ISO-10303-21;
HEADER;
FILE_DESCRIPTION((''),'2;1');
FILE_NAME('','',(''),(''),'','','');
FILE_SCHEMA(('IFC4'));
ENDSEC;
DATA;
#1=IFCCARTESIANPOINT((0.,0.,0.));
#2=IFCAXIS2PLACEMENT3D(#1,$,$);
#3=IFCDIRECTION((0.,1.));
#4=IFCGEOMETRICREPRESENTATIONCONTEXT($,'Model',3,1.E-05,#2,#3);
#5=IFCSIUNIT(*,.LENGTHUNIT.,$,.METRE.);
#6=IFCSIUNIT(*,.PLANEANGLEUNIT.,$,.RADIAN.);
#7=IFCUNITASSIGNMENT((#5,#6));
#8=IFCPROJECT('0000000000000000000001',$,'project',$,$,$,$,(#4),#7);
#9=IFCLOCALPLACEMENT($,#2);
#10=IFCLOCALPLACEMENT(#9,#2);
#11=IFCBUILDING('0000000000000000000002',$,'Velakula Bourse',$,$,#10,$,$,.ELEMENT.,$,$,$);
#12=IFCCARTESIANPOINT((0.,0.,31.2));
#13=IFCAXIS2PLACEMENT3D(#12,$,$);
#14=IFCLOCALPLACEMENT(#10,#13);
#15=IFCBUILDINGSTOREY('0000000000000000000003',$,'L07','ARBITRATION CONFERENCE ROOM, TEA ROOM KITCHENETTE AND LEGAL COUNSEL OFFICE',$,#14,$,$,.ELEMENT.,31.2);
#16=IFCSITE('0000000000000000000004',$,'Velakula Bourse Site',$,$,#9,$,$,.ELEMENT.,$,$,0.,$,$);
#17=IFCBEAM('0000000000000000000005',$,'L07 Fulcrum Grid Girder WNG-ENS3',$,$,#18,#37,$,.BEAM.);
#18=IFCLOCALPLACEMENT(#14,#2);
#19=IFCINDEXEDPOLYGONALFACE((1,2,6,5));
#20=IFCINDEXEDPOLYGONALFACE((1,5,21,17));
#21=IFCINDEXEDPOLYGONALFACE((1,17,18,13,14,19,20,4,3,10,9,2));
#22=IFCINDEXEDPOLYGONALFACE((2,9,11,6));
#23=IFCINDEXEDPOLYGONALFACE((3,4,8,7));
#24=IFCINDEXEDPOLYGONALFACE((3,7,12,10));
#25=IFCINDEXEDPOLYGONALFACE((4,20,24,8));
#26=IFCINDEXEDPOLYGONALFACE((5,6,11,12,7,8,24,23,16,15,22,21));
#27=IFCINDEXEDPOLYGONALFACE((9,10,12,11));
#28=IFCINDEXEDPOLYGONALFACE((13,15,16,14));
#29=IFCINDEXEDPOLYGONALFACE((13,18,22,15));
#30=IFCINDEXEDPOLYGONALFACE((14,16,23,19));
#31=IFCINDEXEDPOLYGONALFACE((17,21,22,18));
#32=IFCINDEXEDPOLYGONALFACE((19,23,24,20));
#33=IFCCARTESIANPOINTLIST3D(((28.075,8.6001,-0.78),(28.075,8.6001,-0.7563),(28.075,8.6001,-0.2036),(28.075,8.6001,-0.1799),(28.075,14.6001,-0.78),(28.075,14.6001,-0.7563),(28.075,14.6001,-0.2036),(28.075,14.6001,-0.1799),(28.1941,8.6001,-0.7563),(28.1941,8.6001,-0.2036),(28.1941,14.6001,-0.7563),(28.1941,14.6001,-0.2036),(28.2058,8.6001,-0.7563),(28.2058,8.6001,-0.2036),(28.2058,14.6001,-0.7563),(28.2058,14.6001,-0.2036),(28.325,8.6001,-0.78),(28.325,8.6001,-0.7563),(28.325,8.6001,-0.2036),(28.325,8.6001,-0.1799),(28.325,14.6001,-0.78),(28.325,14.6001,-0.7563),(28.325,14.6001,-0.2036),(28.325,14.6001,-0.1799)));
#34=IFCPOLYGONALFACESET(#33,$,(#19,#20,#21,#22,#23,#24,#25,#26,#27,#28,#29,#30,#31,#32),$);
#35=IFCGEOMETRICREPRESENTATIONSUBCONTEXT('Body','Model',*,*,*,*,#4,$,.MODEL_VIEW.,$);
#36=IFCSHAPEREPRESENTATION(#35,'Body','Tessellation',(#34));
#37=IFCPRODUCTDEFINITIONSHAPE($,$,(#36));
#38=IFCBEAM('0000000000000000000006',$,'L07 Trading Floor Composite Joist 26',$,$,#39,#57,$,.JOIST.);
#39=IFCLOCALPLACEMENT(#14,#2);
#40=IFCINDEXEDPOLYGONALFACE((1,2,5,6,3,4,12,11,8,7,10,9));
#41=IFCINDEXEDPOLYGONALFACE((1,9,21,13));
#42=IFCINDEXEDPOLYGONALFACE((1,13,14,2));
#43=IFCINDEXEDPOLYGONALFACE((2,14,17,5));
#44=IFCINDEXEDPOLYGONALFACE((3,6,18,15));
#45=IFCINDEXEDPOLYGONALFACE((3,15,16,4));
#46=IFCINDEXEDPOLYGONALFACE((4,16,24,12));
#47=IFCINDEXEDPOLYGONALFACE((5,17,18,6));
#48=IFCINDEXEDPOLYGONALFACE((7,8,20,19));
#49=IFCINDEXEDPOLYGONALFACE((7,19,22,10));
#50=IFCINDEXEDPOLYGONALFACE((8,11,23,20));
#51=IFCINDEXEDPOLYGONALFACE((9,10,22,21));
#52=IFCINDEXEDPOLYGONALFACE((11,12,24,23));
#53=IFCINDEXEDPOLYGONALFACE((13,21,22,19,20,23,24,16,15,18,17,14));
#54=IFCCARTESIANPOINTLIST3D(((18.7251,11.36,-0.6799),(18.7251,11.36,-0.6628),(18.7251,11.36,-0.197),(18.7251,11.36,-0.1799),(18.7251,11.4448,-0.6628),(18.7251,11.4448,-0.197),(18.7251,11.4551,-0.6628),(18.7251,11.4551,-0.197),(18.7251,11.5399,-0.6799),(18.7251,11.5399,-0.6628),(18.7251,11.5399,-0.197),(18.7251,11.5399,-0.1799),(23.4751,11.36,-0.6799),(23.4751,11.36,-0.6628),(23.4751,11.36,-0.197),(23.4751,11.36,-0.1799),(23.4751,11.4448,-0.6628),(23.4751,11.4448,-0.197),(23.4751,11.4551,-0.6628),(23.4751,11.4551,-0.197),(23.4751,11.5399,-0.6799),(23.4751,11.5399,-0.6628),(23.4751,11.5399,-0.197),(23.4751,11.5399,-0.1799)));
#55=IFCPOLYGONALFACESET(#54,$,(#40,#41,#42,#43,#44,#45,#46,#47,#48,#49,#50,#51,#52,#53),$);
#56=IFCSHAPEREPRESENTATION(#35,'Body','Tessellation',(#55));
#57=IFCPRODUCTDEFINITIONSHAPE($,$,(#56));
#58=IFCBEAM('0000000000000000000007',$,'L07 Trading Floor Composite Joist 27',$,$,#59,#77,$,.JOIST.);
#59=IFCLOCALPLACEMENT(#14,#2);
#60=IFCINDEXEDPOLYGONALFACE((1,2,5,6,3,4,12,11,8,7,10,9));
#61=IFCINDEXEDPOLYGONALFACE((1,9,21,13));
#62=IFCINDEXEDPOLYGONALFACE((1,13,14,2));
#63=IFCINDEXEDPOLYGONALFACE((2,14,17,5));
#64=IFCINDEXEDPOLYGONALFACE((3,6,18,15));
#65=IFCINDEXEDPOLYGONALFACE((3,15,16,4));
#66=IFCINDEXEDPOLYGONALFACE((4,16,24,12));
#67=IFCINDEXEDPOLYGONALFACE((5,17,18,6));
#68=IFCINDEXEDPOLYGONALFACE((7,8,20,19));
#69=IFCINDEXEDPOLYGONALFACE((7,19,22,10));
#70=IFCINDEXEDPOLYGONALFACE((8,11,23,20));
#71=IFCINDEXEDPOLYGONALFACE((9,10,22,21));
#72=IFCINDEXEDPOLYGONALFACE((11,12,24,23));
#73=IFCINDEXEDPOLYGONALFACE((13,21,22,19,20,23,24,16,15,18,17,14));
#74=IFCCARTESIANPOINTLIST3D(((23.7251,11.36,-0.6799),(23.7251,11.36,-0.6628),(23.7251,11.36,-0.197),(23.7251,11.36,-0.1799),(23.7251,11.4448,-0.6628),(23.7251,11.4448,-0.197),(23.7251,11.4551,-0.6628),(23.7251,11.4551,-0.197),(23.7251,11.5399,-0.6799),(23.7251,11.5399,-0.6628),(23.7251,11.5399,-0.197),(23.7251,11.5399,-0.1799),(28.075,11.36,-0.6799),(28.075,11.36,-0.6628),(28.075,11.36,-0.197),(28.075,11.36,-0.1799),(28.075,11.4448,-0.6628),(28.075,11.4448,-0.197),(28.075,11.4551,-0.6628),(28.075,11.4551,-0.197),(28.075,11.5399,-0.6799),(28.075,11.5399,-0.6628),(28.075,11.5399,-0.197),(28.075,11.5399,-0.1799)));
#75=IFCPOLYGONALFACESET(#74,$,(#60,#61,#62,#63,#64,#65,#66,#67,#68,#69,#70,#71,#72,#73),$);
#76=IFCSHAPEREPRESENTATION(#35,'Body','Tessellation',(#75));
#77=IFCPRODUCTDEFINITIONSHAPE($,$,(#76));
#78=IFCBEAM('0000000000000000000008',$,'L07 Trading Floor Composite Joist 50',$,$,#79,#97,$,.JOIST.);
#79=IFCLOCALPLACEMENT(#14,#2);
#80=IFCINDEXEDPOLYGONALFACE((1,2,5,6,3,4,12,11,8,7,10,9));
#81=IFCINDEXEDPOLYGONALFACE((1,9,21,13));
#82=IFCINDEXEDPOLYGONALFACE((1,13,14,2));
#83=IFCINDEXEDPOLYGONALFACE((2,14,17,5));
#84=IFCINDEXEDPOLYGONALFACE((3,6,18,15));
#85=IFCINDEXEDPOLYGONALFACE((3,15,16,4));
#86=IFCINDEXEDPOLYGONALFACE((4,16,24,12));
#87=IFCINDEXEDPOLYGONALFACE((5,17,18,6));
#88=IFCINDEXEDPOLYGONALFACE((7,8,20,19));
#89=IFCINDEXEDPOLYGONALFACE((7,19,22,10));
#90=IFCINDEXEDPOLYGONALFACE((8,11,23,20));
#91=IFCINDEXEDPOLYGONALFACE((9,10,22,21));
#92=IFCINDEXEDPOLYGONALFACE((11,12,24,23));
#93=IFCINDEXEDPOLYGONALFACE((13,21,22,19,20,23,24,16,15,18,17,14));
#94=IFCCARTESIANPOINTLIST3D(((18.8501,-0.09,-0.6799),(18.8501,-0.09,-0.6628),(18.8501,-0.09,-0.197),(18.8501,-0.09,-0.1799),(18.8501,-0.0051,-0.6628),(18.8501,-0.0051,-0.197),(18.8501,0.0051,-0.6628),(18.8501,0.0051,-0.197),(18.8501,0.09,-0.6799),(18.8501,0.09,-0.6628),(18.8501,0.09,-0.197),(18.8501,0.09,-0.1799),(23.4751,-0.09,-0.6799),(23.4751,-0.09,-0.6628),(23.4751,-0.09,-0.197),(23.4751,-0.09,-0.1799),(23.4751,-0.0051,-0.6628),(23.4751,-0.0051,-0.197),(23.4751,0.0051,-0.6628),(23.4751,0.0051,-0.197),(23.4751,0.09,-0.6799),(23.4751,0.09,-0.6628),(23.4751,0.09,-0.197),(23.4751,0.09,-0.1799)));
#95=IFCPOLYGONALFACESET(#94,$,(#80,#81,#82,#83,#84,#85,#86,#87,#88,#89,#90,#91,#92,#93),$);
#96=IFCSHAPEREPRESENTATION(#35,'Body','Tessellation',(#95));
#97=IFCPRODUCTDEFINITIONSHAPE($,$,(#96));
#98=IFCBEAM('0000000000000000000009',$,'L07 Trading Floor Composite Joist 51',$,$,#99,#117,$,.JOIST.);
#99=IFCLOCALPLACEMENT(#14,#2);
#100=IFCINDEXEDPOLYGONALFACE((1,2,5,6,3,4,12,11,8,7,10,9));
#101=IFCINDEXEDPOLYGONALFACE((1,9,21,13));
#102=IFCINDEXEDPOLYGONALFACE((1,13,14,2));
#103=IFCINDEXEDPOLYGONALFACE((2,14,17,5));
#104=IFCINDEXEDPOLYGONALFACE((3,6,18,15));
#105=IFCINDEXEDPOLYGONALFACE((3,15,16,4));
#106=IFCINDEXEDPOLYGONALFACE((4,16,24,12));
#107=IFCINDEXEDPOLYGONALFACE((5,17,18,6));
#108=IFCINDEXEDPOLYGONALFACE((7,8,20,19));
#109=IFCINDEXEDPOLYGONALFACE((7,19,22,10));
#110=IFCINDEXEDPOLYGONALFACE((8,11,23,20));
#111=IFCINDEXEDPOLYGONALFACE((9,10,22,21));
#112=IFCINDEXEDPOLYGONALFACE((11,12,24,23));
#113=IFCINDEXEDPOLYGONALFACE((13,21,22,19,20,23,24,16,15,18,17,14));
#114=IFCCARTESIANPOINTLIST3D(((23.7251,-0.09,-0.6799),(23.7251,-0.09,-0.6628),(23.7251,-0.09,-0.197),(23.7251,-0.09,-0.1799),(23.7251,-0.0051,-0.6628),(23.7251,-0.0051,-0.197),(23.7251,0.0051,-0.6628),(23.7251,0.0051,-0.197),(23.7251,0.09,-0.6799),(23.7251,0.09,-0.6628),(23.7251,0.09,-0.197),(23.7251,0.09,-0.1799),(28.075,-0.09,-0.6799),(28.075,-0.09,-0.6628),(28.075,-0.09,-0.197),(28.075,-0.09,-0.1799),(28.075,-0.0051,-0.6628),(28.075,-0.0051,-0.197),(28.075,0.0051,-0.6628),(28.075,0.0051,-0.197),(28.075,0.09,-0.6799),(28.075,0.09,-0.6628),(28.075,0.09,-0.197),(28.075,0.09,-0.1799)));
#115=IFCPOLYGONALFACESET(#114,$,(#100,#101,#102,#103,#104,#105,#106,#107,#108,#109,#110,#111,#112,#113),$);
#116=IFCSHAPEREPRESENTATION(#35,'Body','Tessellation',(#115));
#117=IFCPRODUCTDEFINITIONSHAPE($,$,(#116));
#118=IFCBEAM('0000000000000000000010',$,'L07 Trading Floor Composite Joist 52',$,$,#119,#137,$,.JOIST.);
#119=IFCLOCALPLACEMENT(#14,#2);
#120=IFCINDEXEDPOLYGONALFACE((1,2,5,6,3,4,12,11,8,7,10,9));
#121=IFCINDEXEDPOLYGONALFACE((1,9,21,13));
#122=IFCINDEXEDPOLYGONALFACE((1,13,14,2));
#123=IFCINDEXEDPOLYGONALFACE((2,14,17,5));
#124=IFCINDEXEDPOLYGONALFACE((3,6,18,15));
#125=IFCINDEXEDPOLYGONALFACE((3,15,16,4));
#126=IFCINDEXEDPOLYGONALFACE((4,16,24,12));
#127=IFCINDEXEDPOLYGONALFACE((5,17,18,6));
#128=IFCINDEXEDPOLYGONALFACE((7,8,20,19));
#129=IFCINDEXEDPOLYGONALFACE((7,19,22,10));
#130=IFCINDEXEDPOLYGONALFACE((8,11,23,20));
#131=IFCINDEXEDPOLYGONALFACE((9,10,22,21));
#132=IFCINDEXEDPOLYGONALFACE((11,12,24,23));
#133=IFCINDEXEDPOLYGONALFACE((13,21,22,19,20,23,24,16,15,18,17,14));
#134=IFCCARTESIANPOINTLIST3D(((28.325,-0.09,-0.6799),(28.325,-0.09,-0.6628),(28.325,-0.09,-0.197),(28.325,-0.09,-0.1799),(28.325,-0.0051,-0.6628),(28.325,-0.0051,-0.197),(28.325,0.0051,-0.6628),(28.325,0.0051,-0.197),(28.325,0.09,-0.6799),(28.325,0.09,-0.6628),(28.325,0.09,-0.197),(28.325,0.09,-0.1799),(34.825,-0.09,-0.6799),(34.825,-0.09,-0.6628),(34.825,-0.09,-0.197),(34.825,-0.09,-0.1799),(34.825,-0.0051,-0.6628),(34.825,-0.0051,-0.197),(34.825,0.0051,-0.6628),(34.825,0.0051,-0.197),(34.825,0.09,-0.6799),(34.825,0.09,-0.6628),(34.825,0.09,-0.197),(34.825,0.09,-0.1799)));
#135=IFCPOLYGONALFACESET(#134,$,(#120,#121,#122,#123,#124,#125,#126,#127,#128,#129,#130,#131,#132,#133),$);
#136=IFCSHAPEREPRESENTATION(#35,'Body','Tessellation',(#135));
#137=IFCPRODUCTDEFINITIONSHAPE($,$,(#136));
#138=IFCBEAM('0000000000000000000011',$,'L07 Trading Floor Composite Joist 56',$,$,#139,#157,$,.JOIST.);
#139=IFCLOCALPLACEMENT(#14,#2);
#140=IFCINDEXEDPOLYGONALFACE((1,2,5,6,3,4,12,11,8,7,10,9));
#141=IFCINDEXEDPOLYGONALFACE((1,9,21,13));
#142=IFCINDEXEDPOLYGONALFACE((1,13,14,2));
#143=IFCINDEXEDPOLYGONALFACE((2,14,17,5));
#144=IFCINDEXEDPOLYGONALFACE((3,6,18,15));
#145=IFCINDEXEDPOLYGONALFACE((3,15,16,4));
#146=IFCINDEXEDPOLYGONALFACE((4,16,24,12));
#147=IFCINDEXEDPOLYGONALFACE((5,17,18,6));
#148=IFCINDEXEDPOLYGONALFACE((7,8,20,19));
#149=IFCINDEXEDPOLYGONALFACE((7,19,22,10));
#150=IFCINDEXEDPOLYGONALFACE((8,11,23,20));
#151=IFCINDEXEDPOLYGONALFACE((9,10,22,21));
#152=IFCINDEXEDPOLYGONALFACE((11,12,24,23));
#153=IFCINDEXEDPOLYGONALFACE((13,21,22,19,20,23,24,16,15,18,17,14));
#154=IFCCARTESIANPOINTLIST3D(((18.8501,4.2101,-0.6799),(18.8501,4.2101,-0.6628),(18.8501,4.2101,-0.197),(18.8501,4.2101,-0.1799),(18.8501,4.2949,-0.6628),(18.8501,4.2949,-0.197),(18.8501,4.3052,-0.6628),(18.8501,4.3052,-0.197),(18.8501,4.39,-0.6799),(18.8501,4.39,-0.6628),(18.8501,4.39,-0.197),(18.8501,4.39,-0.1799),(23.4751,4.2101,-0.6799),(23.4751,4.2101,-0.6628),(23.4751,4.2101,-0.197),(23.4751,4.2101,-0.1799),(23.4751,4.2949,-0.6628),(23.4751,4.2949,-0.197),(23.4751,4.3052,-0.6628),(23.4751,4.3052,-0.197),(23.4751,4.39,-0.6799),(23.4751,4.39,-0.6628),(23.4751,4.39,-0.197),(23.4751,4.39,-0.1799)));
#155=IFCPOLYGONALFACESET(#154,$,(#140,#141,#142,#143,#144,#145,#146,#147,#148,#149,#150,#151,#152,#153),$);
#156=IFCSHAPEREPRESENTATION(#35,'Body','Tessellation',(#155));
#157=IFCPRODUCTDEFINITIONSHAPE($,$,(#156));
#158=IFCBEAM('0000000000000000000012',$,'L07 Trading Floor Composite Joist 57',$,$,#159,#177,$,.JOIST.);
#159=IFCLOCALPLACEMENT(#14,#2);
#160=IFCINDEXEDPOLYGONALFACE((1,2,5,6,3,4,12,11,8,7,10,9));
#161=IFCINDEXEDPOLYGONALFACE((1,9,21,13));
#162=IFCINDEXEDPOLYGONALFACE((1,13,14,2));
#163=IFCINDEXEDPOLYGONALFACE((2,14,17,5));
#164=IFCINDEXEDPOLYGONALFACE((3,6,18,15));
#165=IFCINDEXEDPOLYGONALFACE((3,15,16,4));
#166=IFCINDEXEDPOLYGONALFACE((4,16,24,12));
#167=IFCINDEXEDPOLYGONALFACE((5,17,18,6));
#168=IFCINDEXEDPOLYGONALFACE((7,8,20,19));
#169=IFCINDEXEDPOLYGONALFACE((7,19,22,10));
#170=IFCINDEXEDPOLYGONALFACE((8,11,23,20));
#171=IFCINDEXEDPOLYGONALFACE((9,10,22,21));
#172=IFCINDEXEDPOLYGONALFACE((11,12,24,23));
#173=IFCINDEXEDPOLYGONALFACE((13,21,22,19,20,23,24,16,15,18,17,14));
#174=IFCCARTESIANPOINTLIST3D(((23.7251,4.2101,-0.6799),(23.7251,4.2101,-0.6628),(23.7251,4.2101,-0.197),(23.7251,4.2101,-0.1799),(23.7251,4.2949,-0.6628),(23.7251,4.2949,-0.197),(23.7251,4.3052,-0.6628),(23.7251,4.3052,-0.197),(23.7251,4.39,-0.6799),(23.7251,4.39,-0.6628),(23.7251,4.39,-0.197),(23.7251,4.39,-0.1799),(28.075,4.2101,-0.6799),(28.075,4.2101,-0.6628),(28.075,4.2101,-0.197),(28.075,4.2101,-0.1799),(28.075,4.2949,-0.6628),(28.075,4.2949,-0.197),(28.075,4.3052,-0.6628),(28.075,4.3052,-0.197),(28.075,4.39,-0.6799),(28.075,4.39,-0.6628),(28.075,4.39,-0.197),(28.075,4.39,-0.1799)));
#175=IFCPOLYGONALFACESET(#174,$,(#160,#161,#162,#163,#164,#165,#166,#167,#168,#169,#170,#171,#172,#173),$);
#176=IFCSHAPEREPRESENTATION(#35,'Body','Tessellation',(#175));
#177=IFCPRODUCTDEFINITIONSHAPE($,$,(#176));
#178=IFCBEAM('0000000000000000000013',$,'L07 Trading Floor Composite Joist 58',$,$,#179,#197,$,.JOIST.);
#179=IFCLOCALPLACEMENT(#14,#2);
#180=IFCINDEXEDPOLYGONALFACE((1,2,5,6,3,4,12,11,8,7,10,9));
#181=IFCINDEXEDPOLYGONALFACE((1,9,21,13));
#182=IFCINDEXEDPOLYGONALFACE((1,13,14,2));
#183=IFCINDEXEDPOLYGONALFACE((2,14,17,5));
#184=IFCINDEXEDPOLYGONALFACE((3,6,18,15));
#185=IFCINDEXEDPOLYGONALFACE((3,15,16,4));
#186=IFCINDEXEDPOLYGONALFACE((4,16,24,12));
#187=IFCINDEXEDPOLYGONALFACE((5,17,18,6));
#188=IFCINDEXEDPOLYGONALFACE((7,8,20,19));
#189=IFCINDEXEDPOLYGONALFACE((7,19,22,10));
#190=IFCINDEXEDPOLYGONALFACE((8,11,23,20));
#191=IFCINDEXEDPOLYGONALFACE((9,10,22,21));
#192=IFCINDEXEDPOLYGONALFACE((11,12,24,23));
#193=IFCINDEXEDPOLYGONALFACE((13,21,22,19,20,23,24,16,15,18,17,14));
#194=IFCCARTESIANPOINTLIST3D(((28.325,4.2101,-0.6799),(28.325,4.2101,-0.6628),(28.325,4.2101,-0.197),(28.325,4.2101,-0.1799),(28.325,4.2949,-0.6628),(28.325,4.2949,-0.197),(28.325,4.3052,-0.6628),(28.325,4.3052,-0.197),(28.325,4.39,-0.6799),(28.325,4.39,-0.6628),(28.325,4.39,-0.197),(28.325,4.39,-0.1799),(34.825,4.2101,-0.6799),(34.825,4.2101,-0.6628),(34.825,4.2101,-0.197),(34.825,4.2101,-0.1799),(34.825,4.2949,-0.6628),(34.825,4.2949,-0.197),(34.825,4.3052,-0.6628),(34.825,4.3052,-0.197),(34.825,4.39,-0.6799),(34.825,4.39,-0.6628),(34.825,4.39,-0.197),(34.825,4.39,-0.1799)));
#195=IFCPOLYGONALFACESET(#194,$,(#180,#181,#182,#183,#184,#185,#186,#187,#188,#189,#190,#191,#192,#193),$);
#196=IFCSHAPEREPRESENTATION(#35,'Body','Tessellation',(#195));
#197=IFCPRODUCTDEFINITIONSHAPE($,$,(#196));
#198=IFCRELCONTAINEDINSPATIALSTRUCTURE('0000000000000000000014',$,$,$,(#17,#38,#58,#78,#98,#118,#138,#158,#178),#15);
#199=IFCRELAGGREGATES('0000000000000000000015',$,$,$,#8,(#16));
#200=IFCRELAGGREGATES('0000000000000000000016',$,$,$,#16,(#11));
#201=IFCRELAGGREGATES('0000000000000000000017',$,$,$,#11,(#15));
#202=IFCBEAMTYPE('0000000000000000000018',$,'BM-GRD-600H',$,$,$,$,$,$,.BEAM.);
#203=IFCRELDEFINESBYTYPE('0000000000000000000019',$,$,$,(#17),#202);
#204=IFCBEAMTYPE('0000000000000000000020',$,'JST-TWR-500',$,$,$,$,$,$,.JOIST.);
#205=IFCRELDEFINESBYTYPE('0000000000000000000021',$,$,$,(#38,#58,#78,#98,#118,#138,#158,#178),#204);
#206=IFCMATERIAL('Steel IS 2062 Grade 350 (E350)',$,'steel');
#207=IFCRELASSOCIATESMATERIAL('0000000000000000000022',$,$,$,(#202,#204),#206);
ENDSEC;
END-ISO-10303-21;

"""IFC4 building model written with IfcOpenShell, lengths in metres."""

from ifc_helpers import new_model, si_unit, direction, frame, origin, origin_2d, place, context, subcontext, project, spatial, i_section, extrude, material, material_profile, profile_set, type_object, element, save


model = new_model("IFC4")

# Units and contexts
model_context = context("Model", 3, precision=1e-05, world=origin(), true_north=direction((0.0, 1.0)))
body_context = subcontext(model_context, "Body", "Model", "MODEL_VIEW")
ifc_project = project(units=[si_unit("LENGTHUNIT", "METRE"), si_unit("PLANEANGLEUNIT", "RADIAN")], contexts=[model_context])

# Site, building, storey
site_placement = place(None, origin())
site = spatial("IfcSite", under=ifc_project, at=site_placement, Name="Velakula Bourse Site", CompositionType="ELEMENT", RefElevation=0.0)
building_placement = place(site_placement, origin())
building = spatial("IfcBuilding", under=site, at=building_placement, Name="Velakula Bourse", CompositionType="ELEMENT")
storey_placement = place(building_placement, frame((0.0, 0.0, 31.2)))
storey = spatial("IfcBuildingStorey", under=building, at=storey_placement, Name="L07", Description="ARBITRATION CONFERENCE ROOM, TEA ROOM KITCHENETTE AND LEGAL COUNSEL OFFICE", CompositionType="ELEMENT", Elevation=31.2)

# Beams
ifc_material_1 = material(Name="Steel IS 2062 Grade 350 (E350)", Category="steel")
ifc_material_profile_1 = material_profile(ifc_material_1, i_section(OverallWidth=0.25, OverallDepth=0.6001, WebThickness=0.0117, FlangeThickness=0.0237, at=origin_2d()), Name="Steel IS 2062 Grade 350 (E350)")
ifc_profile_set_1 = profile_set([ifc_material_profile_1], Name="Steel IS 2062 Grade 350 (E350)")
beam_type_1 = type_object("IfcBeamType", Name="BM-GRD-600H", PredefinedType="BEAM", material=ifc_profile_set_1)
beam_1_placement = place(storey_placement, frame((28.2, 8.6001, -0.48), z_axis=(0.0, 1.0, 0.0), x_axis=(-1.0, 0.0, 0.0)))
element("IfcBeam", 1, at=beam_1_placement, inside=storey, type_object=beam_type_1, Name="L07 Fulcrum Grid Girder WNG-ENS3", PredefinedType="BEAM", context=body_context, shape_type="SweptSolid", body=[
    extrude(i_section(OverallWidth=0.25, OverallDepth=0.6001, WebThickness=0.0117, FlangeThickness=0.0237, at=origin_2d()), origin(), (0.0, 0.0, 1.0), 6.0),
])
ifc_material_profile_2 = material_profile(ifc_material_1, i_section(OverallWidth=0.1799, OverallDepth=0.5, WebThickness=0.0103, FlangeThickness=0.0171, at=origin_2d()), Name="Steel IS 2062 Grade 350 (E350)")
ifc_profile_set_2 = profile_set([ifc_material_profile_2], Name="Steel IS 2062 Grade 350 (E350)")
beam_type_2 = type_object("IfcBeamType", Name="JST-TWR-500", PredefinedType="JOIST", material=ifc_profile_set_2)
beam_2_placement = place(storey_placement, frame((18.7251, 11.45, -0.4299), z_axis=(1.0, 0.0, 0.0), x_axis=(0.0, 1.0, 0.0)))
element("IfcBeam", 2, at=beam_2_placement, inside=storey, type_object=beam_type_2, Name="L07 Trading Floor Composite Joist 26", PredefinedType="JOIST", context=body_context, shape_type="SweptSolid", body=[
    extrude(i_section(OverallWidth=0.1799, OverallDepth=0.5, WebThickness=0.0103, FlangeThickness=0.0171, at=origin_2d()), origin(), (0.0, 0.0, 1.0), 4.75),
])
beam_3_placement = place(storey_placement, frame((23.7251, 11.45, -0.4299), z_axis=(1.0, 0.0, 0.0), x_axis=(0.0, 1.0, 0.0)))
element("IfcBeam", 3, at=beam_3_placement, inside=storey, type_object=beam_type_2, Name="L07 Trading Floor Composite Joist 27", PredefinedType="JOIST", context=body_context, shape_type="SweptSolid", body=[
    extrude(i_section(OverallWidth=0.1799, OverallDepth=0.5, WebThickness=0.0103, FlangeThickness=0.0171, at=origin_2d()), origin(), (0.0, 0.0, 1.0), 4.3499),
])
beam_4_placement = place(storey_placement, frame((18.8501, 0.0, -0.4299), z_axis=(1.0, 0.0, 0.0), x_axis=(0.0, 1.0, 0.0)))
element("IfcBeam", 4, at=beam_4_placement, inside=storey, type_object=beam_type_2, Name="L07 Trading Floor Composite Joist 50", PredefinedType="JOIST", context=body_context, shape_type="SweptSolid", body=[
    extrude(i_section(OverallWidth=0.1799, OverallDepth=0.5, WebThickness=0.0103, FlangeThickness=0.0171, at=origin_2d()), origin(), (0.0, 0.0, 1.0), 4.625),
])
beam_5_placement = place(storey_placement, frame((23.7251, 0.0, -0.4299), z_axis=(1.0, 0.0, 0.0), x_axis=(0.0, 1.0, 0.0)))
element("IfcBeam", 5, at=beam_5_placement, inside=storey, type_object=beam_type_2, Name="L07 Trading Floor Composite Joist 51", PredefinedType="JOIST", context=body_context, shape_type="SweptSolid", body=[
    extrude(i_section(OverallWidth=0.1799, OverallDepth=0.5, WebThickness=0.0103, FlangeThickness=0.0171, at=origin_2d()), origin(), (0.0, 0.0, 1.0), 4.3499),
])
beam_6_placement = place(storey_placement, frame((28.325, 0.0, -0.4299), z_axis=(1.0, 0.0, 0.0), x_axis=(0.0, 1.0, 0.0)))
element("IfcBeam", 6, at=beam_6_placement, inside=storey, type_object=beam_type_2, Name="L07 Trading Floor Composite Joist 52", PredefinedType="JOIST", context=body_context, shape_type="SweptSolid", body=[
    extrude(i_section(OverallWidth=0.1799, OverallDepth=0.5, WebThickness=0.0103, FlangeThickness=0.0171, at=origin_2d()), origin(), (0.0, 0.0, 1.0), 6.5),
])
beam_7_placement = place(storey_placement, frame((18.8501, 4.3, -0.4299), z_axis=(1.0, 0.0, 0.0), x_axis=(0.0, 1.0, 0.0)))
element("IfcBeam", 7, at=beam_7_placement, inside=storey, type_object=beam_type_2, Name="L07 Trading Floor Composite Joist 56", PredefinedType="JOIST", context=body_context, shape_type="SweptSolid", body=[
    extrude(i_section(OverallWidth=0.1799, OverallDepth=0.5, WebThickness=0.0103, FlangeThickness=0.0171, at=origin_2d()), origin(), (0.0, 0.0, 1.0), 4.625),
])
beam_8_placement = place(storey_placement, frame((23.7251, 4.3, -0.4299), z_axis=(1.0, 0.0, 0.0), x_axis=(0.0, 1.0, 0.0)))
element("IfcBeam", 8, at=beam_8_placement, inside=storey, type_object=beam_type_2, Name="L07 Trading Floor Composite Joist 57", PredefinedType="JOIST", context=body_context, shape_type="SweptSolid", body=[
    extrude(i_section(OverallWidth=0.1799, OverallDepth=0.5, WebThickness=0.0103, FlangeThickness=0.0171, at=origin_2d()), origin(), (0.0, 0.0, 1.0), 4.3499),
])
beam_9_placement = place(storey_placement, frame((28.325, 4.3, -0.4299), z_axis=(1.0, 0.0, 0.0), x_axis=(0.0, 1.0, 0.0)))
element("IfcBeam", 9, at=beam_9_placement, inside=storey, type_object=beam_type_2, Name="L07 Trading Floor Composite Joist 58", PredefinedType="JOIST", context=body_context, shape_type="SweptSolid", body=[
    extrude(i_section(OverallWidth=0.1799, OverallDepth=0.5, WebThickness=0.0103, FlangeThickness=0.0171, at=origin_2d()), origin(), (0.0, 0.0, 1.0), 6.5),
])

save(model, "model.ifc")
